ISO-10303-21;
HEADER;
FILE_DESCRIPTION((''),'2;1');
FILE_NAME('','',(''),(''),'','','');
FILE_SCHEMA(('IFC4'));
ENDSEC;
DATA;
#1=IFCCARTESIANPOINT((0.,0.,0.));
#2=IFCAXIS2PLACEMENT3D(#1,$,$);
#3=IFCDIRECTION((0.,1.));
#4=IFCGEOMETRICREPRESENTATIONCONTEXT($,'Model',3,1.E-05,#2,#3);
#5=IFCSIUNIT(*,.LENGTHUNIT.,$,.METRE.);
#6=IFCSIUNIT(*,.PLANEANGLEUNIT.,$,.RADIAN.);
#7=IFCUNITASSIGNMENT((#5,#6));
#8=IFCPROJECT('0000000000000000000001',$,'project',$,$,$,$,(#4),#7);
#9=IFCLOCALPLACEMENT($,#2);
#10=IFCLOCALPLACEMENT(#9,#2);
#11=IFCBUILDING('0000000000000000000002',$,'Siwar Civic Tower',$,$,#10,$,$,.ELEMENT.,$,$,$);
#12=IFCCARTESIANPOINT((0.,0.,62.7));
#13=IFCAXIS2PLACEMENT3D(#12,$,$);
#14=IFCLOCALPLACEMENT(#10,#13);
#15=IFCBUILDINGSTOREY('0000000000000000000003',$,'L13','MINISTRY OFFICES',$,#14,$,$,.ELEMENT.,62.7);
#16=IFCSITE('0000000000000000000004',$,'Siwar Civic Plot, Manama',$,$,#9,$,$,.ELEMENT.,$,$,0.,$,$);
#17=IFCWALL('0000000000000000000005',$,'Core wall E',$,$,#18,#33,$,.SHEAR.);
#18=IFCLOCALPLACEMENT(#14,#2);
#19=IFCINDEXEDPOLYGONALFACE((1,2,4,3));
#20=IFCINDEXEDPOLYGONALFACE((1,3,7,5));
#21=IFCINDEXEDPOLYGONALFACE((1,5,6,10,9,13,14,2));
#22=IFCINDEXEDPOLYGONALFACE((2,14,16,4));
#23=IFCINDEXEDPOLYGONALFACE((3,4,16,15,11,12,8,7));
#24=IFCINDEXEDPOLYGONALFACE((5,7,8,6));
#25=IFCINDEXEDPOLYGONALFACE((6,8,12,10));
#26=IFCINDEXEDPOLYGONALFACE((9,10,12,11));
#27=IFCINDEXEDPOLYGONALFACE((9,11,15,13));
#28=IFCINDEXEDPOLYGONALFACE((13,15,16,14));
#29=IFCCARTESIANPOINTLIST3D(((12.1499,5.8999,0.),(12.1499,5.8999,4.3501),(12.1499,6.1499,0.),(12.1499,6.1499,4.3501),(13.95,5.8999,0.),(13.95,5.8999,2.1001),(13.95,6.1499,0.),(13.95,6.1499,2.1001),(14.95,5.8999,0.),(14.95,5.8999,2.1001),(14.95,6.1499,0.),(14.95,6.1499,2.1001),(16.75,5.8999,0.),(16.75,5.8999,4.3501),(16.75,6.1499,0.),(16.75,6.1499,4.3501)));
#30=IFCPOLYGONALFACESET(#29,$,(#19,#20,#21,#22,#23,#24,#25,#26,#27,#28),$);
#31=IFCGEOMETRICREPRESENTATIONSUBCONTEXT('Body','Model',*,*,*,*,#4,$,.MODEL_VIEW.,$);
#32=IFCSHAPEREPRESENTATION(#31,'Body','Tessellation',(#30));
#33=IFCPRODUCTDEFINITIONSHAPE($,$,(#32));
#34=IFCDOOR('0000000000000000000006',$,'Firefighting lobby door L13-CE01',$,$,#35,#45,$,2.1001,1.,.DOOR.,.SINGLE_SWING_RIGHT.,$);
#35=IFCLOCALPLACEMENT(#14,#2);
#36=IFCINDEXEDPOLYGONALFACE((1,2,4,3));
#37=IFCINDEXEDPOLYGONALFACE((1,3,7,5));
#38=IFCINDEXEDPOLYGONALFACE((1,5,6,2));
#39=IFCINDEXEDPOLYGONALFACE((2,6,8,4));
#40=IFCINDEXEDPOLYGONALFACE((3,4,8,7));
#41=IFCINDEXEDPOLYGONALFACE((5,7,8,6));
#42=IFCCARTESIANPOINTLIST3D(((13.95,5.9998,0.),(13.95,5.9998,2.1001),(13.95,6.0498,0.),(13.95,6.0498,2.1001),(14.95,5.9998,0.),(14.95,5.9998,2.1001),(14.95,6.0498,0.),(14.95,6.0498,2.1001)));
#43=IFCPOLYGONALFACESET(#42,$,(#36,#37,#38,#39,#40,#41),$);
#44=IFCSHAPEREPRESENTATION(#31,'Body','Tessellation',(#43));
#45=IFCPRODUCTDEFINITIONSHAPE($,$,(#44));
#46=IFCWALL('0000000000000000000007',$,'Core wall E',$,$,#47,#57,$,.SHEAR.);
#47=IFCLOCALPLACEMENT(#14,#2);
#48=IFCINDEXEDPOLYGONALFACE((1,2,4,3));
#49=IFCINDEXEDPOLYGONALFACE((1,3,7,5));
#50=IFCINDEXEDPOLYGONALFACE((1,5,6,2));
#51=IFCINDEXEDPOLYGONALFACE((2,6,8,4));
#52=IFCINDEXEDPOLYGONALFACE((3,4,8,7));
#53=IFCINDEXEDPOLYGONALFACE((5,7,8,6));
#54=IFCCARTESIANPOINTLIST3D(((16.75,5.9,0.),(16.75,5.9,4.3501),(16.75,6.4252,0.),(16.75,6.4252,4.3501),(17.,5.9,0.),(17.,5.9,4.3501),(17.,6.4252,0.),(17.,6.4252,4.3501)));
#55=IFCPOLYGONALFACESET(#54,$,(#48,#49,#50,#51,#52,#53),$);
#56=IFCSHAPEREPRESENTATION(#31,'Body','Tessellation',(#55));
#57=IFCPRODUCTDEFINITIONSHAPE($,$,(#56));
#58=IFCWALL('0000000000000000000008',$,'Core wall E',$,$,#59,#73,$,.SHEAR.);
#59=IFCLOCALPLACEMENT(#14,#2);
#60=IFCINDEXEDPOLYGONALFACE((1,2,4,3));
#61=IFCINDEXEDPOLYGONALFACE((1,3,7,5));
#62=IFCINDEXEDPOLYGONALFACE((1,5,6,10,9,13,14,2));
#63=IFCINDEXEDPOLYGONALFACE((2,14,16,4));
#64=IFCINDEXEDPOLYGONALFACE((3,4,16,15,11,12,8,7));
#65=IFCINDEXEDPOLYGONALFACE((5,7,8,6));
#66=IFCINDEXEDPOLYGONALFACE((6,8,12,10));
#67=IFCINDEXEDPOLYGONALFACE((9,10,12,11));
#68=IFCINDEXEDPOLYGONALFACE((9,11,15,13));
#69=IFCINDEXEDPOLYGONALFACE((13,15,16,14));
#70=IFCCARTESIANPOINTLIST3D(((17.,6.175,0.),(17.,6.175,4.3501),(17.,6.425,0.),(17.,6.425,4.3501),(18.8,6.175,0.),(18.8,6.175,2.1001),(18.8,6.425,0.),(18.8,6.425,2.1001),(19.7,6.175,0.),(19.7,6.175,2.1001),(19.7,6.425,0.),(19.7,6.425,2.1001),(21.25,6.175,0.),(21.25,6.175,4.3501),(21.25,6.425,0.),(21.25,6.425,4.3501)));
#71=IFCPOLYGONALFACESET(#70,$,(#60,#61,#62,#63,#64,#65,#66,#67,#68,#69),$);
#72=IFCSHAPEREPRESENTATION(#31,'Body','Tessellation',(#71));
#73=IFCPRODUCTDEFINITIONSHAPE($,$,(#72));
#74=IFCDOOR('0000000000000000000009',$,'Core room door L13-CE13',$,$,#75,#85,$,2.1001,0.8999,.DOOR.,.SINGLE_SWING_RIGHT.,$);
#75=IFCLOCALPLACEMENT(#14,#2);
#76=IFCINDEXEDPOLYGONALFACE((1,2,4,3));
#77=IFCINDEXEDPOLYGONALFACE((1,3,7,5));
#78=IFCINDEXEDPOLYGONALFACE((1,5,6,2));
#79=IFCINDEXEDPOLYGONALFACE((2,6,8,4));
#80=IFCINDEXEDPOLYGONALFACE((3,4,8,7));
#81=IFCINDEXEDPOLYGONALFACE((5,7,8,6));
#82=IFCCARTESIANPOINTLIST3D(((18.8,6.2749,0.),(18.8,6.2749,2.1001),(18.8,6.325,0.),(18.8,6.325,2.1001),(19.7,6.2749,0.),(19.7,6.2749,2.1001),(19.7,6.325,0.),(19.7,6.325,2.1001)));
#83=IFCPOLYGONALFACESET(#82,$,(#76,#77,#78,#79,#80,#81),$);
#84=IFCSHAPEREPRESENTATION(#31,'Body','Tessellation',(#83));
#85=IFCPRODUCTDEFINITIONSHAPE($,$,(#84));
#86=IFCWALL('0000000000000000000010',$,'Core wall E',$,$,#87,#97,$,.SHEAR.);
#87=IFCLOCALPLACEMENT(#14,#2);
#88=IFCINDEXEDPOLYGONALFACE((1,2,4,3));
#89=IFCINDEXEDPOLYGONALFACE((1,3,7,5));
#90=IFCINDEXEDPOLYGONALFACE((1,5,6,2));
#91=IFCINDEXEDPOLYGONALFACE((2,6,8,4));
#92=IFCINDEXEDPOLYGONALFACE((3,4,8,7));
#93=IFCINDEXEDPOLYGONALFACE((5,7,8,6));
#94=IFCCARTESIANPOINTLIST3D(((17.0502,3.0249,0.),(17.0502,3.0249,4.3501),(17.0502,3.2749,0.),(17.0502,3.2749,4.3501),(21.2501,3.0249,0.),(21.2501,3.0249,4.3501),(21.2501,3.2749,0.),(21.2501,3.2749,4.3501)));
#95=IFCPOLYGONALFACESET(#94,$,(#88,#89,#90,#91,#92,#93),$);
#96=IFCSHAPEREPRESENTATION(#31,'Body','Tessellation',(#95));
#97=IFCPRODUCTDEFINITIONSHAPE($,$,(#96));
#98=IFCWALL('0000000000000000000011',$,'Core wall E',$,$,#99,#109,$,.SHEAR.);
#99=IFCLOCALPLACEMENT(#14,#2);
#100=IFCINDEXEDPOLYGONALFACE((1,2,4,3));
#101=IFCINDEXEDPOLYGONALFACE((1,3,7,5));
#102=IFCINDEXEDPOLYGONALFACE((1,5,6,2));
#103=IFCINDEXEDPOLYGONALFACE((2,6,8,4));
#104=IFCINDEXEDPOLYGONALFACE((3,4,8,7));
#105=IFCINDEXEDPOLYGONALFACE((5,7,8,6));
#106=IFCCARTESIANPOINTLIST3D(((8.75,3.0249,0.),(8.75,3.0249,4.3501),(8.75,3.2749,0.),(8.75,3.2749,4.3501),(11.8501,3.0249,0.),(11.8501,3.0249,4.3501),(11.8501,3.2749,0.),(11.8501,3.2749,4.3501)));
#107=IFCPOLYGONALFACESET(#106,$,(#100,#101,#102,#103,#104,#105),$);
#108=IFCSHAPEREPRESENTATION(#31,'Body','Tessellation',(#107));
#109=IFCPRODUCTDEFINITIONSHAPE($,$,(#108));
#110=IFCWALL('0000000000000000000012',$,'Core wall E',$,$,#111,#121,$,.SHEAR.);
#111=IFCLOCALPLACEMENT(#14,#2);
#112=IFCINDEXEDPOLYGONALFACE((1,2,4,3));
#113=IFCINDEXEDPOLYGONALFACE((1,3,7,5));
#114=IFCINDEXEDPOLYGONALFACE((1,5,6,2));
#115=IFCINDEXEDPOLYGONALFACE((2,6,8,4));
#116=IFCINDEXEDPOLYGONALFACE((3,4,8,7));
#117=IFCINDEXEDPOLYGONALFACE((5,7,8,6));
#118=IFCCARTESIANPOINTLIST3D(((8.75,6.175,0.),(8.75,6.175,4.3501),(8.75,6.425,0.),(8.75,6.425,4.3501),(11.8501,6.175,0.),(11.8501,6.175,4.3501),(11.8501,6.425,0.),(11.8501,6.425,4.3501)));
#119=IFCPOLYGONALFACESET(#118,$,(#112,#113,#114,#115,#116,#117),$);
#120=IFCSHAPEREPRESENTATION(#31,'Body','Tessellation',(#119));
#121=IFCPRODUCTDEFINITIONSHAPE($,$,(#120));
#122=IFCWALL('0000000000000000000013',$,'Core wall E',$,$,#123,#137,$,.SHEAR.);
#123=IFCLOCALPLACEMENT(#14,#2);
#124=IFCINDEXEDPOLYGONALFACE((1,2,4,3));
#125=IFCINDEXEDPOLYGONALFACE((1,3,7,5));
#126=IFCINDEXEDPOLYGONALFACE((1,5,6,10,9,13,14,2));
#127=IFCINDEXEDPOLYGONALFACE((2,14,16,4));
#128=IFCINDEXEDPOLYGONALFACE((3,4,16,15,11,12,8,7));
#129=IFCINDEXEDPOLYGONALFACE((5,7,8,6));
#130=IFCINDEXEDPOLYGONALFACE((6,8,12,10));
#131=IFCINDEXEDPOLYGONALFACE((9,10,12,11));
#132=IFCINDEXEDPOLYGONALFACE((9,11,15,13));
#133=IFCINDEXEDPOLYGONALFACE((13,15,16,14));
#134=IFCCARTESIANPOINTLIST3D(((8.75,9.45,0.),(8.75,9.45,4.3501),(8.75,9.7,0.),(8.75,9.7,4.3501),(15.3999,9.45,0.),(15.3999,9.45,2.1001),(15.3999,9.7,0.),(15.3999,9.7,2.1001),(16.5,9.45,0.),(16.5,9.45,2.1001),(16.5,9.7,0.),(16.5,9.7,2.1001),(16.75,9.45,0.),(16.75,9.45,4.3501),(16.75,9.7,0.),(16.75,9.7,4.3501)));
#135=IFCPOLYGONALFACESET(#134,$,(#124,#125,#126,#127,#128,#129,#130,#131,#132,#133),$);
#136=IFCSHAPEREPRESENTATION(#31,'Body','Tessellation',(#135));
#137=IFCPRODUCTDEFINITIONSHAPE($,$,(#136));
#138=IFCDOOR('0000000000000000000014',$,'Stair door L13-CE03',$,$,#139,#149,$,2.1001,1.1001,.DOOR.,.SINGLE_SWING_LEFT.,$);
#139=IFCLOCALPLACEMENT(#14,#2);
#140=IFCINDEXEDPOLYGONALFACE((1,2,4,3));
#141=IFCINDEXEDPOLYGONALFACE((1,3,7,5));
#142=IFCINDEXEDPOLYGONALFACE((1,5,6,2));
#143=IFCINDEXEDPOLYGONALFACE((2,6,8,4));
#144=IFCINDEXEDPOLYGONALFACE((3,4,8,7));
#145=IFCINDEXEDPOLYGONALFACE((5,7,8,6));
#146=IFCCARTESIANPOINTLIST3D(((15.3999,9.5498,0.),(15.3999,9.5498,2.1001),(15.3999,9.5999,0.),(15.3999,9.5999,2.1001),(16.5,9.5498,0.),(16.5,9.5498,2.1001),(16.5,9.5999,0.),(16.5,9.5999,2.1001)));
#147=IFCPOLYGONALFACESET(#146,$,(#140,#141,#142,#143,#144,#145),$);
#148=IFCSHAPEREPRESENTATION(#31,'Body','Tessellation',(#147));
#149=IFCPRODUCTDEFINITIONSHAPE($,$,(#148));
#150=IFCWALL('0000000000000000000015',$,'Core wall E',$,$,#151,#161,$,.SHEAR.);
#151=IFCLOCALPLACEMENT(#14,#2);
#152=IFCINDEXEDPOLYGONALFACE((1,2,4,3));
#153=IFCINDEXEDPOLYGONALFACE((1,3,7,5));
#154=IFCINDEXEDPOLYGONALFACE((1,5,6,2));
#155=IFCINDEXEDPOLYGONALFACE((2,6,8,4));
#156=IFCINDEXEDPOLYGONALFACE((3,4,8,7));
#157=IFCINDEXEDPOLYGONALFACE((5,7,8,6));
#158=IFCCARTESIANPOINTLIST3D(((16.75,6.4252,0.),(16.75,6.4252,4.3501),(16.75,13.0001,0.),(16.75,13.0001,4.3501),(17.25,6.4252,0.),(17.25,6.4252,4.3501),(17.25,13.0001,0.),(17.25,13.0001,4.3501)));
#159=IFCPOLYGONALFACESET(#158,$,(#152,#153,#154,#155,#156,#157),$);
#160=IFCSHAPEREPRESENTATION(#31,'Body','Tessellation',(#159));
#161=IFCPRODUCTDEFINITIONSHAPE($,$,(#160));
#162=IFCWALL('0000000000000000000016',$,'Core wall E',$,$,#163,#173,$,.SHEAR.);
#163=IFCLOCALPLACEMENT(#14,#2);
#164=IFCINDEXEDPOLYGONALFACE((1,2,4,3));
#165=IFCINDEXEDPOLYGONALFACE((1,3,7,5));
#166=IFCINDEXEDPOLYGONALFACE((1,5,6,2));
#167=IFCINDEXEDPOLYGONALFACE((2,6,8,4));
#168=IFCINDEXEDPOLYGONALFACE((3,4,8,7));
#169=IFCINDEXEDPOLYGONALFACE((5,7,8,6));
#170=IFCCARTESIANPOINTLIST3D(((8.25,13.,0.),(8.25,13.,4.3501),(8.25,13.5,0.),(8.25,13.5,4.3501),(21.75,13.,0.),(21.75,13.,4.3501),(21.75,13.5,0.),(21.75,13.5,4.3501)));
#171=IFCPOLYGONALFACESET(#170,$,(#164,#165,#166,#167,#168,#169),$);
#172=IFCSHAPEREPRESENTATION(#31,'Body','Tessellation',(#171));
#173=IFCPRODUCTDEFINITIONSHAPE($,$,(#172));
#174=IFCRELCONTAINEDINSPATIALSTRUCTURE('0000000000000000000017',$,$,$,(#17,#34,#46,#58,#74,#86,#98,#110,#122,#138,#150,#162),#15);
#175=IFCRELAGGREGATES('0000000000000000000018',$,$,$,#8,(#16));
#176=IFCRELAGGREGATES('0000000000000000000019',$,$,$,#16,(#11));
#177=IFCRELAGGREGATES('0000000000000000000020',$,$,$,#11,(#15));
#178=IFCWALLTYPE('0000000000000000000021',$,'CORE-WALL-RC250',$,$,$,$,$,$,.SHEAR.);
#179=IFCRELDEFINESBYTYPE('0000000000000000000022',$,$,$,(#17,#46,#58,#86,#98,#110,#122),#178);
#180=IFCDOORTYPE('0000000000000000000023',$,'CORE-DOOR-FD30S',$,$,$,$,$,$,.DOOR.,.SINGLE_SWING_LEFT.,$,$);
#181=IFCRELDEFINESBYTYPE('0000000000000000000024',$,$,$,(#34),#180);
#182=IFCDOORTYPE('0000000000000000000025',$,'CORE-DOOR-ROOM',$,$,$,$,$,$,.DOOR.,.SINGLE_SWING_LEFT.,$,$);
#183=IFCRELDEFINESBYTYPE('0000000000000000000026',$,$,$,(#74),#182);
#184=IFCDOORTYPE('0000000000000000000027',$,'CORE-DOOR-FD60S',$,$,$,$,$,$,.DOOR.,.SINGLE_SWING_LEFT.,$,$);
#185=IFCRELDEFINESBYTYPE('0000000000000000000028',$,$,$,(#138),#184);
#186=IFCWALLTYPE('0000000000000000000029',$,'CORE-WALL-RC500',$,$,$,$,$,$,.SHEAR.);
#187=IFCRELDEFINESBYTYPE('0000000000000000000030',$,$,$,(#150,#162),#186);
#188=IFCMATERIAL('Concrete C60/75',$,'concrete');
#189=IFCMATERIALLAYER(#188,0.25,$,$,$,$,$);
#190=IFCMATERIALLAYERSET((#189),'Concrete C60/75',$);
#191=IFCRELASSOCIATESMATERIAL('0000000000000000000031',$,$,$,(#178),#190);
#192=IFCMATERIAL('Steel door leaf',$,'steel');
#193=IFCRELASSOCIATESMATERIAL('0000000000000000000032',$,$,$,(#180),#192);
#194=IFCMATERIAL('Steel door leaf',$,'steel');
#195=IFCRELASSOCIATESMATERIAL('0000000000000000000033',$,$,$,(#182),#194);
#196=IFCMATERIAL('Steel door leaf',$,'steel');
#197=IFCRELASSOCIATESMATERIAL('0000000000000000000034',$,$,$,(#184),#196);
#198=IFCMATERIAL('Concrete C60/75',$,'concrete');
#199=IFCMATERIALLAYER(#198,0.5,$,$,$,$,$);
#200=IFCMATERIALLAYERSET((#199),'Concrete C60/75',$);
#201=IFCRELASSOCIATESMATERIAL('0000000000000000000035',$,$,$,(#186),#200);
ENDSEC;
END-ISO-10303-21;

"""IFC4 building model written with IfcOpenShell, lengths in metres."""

from ifc_helpers import new_model, si_unit, direction, frame, frame_2d, origin, place, context, subcontext, project, spatial, rectangle, extrude, material, layer, layer_set, type_object, element, fill, save


model = new_model("IFC4")

# Units and contexts
model_context = context("Model", 3, precision=1e-05, world=origin(), true_north=direction((0.0, 1.0)))
body_context = subcontext(model_context, "Body", "Model", "MODEL_VIEW")
ifc_project = project(units=[si_unit("LENGTHUNIT", "METRE"), si_unit("PLANEANGLEUNIT", "RADIAN")], contexts=[model_context])

# Site, building, storey
site_placement = place(None, origin())
site = spatial("IfcSite", under=ifc_project, at=site_placement, Name="Siwar Civic Plot, Manama", CompositionType="ELEMENT", RefElevation=0.0)
building_placement = place(site_placement, origin())
building = spatial("IfcBuilding", under=site, at=building_placement, Name="Siwar Civic Tower", CompositionType="ELEMENT")
storey_placement = place(building_placement, frame((0.0, 0.0, 62.7)))
storey = spatial("IfcBuildingStorey", under=building, at=storey_placement, Name="L13", Description="MINISTRY OFFICES", CompositionType="ELEMENT", Elevation=62.7)

# Wall, opening, door
ifc_material_1 = material(Name="Concrete C60/75", Category="concrete")
ifc_layer_1 = layer(ifc_material_1, 0.25)
ifc_layer_set_1 = layer_set([ifc_layer_1], Name="Concrete C60/75")
wall_type_1 = type_object("IfcWallType", Name="CORE-WALL-RC250", PredefinedType="SHEAR", material=ifc_layer_set_1)
wall_1_placement = place(storey_placement, frame((12.1499, 6.0249, 0.0), z_axis=(0.0, 0.0, 1.0), x_axis=(1.0, 0.0, 0.0)))
wall_1 = element("IfcWall", 1, at=wall_1_placement, inside=storey, type_object=wall_type_1, Name="Core wall E", PredefinedType="SHEAR", context=body_context, shape_type="SweptSolid", body=[
    extrude(rectangle(XDim=4.6001, YDim=0.25, at=frame_2d((2.3, 0.0))), origin(), (0.0, 0.0, 1.0), 4.3501),
])
opening_1_placement = place(wall_1_placement, frame((1.8, 0.0, 0.0)))
opening_1 = element("IfcOpeningElement", 2, at=opening_1_placement, cuts=wall_1, PredefinedType="OPENING", context=body_context, shape_type="SweptSolid", body=[
    extrude(rectangle(XDim=1.0, YDim=2.1001, at=frame_2d((0.5, 1.05))), frame((0.0, 0.135, 0.0), z_axis=(0.0, -1.0, 0.0), x_axis=(1.0, 0.0, 0.0)), (0.0, 0.0, 1.0), 0.27),
])
ifc_material_2 = material(Name="Steel door leaf", Category="steel")
door_type_1 = type_object("IfcDoorType", Name="CORE-DOOR-FD30S", OperationType="SINGLE_SWING_LEFT", PredefinedType="DOOR", material=ifc_material_2)
door_1_placement = place(opening_1_placement, origin())
door_1 = element("IfcDoor", 3, at=door_1_placement, inside=storey, type_object=door_type_1, Name="Firefighting lobby door L13-CE01", OperationType="SINGLE_SWING_RIGHT", OverallHeight=2.1001, OverallWidth=1.0, PredefinedType="DOOR", context=body_context, shape_type="SweptSolid", body=[
    extrude(rectangle(XDim=1.0, YDim=2.1001, at=frame_2d((0.5, 1.05))), frame((0.0, 0.0249, 0.0), z_axis=(0.0, -1.0, 0.0), x_axis=(1.0, 0.0, 0.0)), (0.0, 0.0, 1.0), 0.05),
])
fill(opening_1, door_1)

# Wall
wall_2_placement = place(storey_placement, frame((16.875, 5.8999, 0.0), z_axis=(0.0, 0.0, 1.0), x_axis=(0.0, 1.0, 0.0)))
element("IfcWall", 4, at=wall_2_placement, inside=storey, type_object=wall_type_1, Name="Core wall E", PredefinedType="SHEAR", context=body_context, shape_type="SweptSolid", body=[
    extrude(rectangle(XDim=0.5251, YDim=0.25, at=frame_2d((0.2627, 0.0))), origin(), (0.0, 0.0, 1.0), 4.3501),
])

# Wall, opening, door
wall_3_placement = place(storey_placement, frame((17.0, 6.3, 0.0), z_axis=(0.0, 0.0, 1.0), x_axis=(1.0, 0.0, 0.0)))
wall_3 = element("IfcWall", 5, at=wall_3_placement, inside=storey, type_object=wall_type_1, Name="Core wall E", PredefinedType="SHEAR", context=body_context, shape_type="SweptSolid", body=[
    extrude(rectangle(XDim=4.25, YDim=0.25, at=frame_2d((2.125, 0.0))), origin(), (0.0, 0.0, 1.0), 4.3501),
])
opening_2_placement = place(wall_3_placement, frame((1.8, 0.0, 0.0)))
opening_2 = element("IfcOpeningElement", 6, at=opening_2_placement, cuts=wall_3, PredefinedType="OPENING", context=body_context, shape_type="SweptSolid", body=[
    extrude(rectangle(XDim=0.8999, YDim=2.1001, at=frame_2d((0.45, 1.05))), frame((0.0, 0.135, 0.0), z_axis=(0.0, -1.0, 0.0), x_axis=(1.0, 0.0, 0.0)), (0.0, 0.0, 1.0), 0.27),
])
ifc_material_3 = material(Name="Steel door leaf", Category="steel")
door_type_2 = type_object("IfcDoorType", Name="CORE-DOOR-ROOM", OperationType="SINGLE_SWING_LEFT", PredefinedType="DOOR", material=ifc_material_3)
door_2_placement = place(opening_2_placement, origin())
door_2 = element("IfcDoor", 7, at=door_2_placement, inside=storey, type_object=door_type_2, Name="Core room door L13-CE13", OperationType="SINGLE_SWING_RIGHT", OverallHeight=2.1001, OverallWidth=0.8999, PredefinedType="DOOR", context=body_context, shape_type="SweptSolid", body=[
    extrude(rectangle(XDim=0.8999, YDim=2.1001, at=frame_2d((0.45, 1.05))), frame((0.0, 0.0249, 0.0), z_axis=(0.0, -1.0, 0.0), x_axis=(1.0, 0.0, 0.0)), (0.0, 0.0, 1.0), 0.05),
])
fill(opening_2, door_2)

# Walls
wall_4_placement = place(storey_placement, frame((17.05, 3.1499, 0.0), z_axis=(0.0, 0.0, 1.0), x_axis=(1.0, 0.0, 0.0)))
element("IfcWall", 8, at=wall_4_placement, inside=storey, type_object=wall_type_1, Name="Core wall E", PredefinedType="SHEAR", context=body_context, shape_type="SweptSolid", body=[
    extrude(rectangle(XDim=4.2, YDim=0.25, at=frame_2d((2.1001, 0.0))), origin(), (0.0, 0.0, 1.0), 4.3501),
])
for number, where, z_axis, x_axis, name in (
    (9, (8.75, 3.1499, 0.0), (0.0, 0.0, 1.0), (1.0, 0.0, 0.0), "Core wall E"),
    (10, (8.75, 6.3, 0.0), (0.0, 0.0, 1.0), (1.0, 0.0, 0.0), "Core wall E"),
):
    element("IfcWall", number, at=place(storey_placement, frame(where, z_axis=z_axis, x_axis=x_axis)), inside=storey, type_object=wall_type_1, Name=name, PredefinedType="SHEAR", context=body_context, shape_type="SweptSolid", body=[
        extrude(rectangle(XDim=3.1001, YDim=0.25, at=frame_2d((1.55, 0.0))), origin(), (0.0, 0.0, 1.0), 4.3501),
    ])

# Wall, opening, door
wall_5_placement = place(storey_placement, frame((8.75, 9.575, 0.0), z_axis=(0.0, 0.0, 1.0), x_axis=(1.0, 0.0, 0.0)))
wall_5 = element("IfcWall", 11, at=wall_5_placement, inside=storey, type_object=wall_type_1, Name="Core wall E", PredefinedType="SHEAR", context=body_context, shape_type="SweptSolid", body=[
    extrude(rectangle(XDim=8.0, YDim=0.25, at=frame_2d((4.0, 0.0))), origin(), (0.0, 0.0, 1.0), 4.3501),
])
opening_3_placement = place(wall_5_placement, frame((6.6499, 0.0, 0.0)))
opening_3 = element("IfcOpeningElement", 12, at=opening_3_placement, cuts=wall_5, PredefinedType="OPENING", context=body_context, shape_type="SweptSolid", body=[
    extrude(rectangle(XDim=1.1001, YDim=2.1001, at=frame_2d((0.55, 1.05))), frame((0.0, 0.135, 0.0), z_axis=(0.0, -1.0, 0.0), x_axis=(1.0, 0.0, 0.0)), (0.0, 0.0, 1.0), 0.27),
])
ifc_material_4 = material(Name="Steel door leaf", Category="steel")
door_type_3 = type_object("IfcDoorType", Name="CORE-DOOR-FD60S", OperationType="SINGLE_SWING_LEFT", PredefinedType="DOOR", material=ifc_material_4)
door_3_placement = place(opening_3_placement, origin())
door_3 = element("IfcDoor", 13, at=door_3_placement, inside=storey, type_object=door_type_3, Name="Stair door L13-CE03", OperationType="SINGLE_SWING_LEFT", OverallHeight=2.1001, OverallWidth=1.1001, PredefinedType="DOOR", context=body_context, shape_type="SweptSolid", body=[
    extrude(rectangle(XDim=1.1001, YDim=2.1001, at=frame_2d((0.55, 1.05))), frame((0.0, 0.0249, 0.0), z_axis=(0.0, -1.0, 0.0), x_axis=(1.0, 0.0, 0.0)), (0.0, 0.0, 1.0), 0.05),
])
fill(opening_3, door_3)

# Walls
ifc_material_5 = material(Name="Concrete C60/75", Category="concrete")
ifc_layer_2 = layer(ifc_material_5, 0.5)
ifc_layer_set_2 = layer_set([ifc_layer_2], Name="Concrete C60/75")
wall_type_2 = type_object("IfcWallType", Name="CORE-WALL-RC500", PredefinedType="SHEAR", material=ifc_layer_set_2)
wall_6_placement = place(storey_placement, frame((17.0, 6.425, 0.0), z_axis=(0.0, 0.0, 1.0), x_axis=(0.0, 1.0, 0.0)))
element("IfcWall", 14, at=wall_6_placement, inside=storey, type_object=wall_type_2, Name="Core wall E", PredefinedType="SHEAR", context=body_context, shape_type="SweptSolid", body=[
    extrude(rectangle(XDim=6.575, YDim=0.5, at=frame_2d((3.2876, 0.0))), origin(), (0.0, 0.0, 1.0), 4.3501),
])
wall_7_placement = place(storey_placement, frame((8.25, 13.25, 0.0), z_axis=(0.0, 0.0, 1.0), x_axis=(1.0, 0.0, 0.0)))
element("IfcWall", 15, at=wall_7_placement, inside=storey, type_object=wall_type_2, Name="Core wall E", PredefinedType="SHEAR", context=body_context, shape_type="SweptSolid", body=[
    extrude(rectangle(XDim=13.5, YDim=0.5, at=frame_2d((6.75, 0.0))), origin(), (0.0, 0.0, 1.0), 4.3501),
])

save(model, "model.ifc")
